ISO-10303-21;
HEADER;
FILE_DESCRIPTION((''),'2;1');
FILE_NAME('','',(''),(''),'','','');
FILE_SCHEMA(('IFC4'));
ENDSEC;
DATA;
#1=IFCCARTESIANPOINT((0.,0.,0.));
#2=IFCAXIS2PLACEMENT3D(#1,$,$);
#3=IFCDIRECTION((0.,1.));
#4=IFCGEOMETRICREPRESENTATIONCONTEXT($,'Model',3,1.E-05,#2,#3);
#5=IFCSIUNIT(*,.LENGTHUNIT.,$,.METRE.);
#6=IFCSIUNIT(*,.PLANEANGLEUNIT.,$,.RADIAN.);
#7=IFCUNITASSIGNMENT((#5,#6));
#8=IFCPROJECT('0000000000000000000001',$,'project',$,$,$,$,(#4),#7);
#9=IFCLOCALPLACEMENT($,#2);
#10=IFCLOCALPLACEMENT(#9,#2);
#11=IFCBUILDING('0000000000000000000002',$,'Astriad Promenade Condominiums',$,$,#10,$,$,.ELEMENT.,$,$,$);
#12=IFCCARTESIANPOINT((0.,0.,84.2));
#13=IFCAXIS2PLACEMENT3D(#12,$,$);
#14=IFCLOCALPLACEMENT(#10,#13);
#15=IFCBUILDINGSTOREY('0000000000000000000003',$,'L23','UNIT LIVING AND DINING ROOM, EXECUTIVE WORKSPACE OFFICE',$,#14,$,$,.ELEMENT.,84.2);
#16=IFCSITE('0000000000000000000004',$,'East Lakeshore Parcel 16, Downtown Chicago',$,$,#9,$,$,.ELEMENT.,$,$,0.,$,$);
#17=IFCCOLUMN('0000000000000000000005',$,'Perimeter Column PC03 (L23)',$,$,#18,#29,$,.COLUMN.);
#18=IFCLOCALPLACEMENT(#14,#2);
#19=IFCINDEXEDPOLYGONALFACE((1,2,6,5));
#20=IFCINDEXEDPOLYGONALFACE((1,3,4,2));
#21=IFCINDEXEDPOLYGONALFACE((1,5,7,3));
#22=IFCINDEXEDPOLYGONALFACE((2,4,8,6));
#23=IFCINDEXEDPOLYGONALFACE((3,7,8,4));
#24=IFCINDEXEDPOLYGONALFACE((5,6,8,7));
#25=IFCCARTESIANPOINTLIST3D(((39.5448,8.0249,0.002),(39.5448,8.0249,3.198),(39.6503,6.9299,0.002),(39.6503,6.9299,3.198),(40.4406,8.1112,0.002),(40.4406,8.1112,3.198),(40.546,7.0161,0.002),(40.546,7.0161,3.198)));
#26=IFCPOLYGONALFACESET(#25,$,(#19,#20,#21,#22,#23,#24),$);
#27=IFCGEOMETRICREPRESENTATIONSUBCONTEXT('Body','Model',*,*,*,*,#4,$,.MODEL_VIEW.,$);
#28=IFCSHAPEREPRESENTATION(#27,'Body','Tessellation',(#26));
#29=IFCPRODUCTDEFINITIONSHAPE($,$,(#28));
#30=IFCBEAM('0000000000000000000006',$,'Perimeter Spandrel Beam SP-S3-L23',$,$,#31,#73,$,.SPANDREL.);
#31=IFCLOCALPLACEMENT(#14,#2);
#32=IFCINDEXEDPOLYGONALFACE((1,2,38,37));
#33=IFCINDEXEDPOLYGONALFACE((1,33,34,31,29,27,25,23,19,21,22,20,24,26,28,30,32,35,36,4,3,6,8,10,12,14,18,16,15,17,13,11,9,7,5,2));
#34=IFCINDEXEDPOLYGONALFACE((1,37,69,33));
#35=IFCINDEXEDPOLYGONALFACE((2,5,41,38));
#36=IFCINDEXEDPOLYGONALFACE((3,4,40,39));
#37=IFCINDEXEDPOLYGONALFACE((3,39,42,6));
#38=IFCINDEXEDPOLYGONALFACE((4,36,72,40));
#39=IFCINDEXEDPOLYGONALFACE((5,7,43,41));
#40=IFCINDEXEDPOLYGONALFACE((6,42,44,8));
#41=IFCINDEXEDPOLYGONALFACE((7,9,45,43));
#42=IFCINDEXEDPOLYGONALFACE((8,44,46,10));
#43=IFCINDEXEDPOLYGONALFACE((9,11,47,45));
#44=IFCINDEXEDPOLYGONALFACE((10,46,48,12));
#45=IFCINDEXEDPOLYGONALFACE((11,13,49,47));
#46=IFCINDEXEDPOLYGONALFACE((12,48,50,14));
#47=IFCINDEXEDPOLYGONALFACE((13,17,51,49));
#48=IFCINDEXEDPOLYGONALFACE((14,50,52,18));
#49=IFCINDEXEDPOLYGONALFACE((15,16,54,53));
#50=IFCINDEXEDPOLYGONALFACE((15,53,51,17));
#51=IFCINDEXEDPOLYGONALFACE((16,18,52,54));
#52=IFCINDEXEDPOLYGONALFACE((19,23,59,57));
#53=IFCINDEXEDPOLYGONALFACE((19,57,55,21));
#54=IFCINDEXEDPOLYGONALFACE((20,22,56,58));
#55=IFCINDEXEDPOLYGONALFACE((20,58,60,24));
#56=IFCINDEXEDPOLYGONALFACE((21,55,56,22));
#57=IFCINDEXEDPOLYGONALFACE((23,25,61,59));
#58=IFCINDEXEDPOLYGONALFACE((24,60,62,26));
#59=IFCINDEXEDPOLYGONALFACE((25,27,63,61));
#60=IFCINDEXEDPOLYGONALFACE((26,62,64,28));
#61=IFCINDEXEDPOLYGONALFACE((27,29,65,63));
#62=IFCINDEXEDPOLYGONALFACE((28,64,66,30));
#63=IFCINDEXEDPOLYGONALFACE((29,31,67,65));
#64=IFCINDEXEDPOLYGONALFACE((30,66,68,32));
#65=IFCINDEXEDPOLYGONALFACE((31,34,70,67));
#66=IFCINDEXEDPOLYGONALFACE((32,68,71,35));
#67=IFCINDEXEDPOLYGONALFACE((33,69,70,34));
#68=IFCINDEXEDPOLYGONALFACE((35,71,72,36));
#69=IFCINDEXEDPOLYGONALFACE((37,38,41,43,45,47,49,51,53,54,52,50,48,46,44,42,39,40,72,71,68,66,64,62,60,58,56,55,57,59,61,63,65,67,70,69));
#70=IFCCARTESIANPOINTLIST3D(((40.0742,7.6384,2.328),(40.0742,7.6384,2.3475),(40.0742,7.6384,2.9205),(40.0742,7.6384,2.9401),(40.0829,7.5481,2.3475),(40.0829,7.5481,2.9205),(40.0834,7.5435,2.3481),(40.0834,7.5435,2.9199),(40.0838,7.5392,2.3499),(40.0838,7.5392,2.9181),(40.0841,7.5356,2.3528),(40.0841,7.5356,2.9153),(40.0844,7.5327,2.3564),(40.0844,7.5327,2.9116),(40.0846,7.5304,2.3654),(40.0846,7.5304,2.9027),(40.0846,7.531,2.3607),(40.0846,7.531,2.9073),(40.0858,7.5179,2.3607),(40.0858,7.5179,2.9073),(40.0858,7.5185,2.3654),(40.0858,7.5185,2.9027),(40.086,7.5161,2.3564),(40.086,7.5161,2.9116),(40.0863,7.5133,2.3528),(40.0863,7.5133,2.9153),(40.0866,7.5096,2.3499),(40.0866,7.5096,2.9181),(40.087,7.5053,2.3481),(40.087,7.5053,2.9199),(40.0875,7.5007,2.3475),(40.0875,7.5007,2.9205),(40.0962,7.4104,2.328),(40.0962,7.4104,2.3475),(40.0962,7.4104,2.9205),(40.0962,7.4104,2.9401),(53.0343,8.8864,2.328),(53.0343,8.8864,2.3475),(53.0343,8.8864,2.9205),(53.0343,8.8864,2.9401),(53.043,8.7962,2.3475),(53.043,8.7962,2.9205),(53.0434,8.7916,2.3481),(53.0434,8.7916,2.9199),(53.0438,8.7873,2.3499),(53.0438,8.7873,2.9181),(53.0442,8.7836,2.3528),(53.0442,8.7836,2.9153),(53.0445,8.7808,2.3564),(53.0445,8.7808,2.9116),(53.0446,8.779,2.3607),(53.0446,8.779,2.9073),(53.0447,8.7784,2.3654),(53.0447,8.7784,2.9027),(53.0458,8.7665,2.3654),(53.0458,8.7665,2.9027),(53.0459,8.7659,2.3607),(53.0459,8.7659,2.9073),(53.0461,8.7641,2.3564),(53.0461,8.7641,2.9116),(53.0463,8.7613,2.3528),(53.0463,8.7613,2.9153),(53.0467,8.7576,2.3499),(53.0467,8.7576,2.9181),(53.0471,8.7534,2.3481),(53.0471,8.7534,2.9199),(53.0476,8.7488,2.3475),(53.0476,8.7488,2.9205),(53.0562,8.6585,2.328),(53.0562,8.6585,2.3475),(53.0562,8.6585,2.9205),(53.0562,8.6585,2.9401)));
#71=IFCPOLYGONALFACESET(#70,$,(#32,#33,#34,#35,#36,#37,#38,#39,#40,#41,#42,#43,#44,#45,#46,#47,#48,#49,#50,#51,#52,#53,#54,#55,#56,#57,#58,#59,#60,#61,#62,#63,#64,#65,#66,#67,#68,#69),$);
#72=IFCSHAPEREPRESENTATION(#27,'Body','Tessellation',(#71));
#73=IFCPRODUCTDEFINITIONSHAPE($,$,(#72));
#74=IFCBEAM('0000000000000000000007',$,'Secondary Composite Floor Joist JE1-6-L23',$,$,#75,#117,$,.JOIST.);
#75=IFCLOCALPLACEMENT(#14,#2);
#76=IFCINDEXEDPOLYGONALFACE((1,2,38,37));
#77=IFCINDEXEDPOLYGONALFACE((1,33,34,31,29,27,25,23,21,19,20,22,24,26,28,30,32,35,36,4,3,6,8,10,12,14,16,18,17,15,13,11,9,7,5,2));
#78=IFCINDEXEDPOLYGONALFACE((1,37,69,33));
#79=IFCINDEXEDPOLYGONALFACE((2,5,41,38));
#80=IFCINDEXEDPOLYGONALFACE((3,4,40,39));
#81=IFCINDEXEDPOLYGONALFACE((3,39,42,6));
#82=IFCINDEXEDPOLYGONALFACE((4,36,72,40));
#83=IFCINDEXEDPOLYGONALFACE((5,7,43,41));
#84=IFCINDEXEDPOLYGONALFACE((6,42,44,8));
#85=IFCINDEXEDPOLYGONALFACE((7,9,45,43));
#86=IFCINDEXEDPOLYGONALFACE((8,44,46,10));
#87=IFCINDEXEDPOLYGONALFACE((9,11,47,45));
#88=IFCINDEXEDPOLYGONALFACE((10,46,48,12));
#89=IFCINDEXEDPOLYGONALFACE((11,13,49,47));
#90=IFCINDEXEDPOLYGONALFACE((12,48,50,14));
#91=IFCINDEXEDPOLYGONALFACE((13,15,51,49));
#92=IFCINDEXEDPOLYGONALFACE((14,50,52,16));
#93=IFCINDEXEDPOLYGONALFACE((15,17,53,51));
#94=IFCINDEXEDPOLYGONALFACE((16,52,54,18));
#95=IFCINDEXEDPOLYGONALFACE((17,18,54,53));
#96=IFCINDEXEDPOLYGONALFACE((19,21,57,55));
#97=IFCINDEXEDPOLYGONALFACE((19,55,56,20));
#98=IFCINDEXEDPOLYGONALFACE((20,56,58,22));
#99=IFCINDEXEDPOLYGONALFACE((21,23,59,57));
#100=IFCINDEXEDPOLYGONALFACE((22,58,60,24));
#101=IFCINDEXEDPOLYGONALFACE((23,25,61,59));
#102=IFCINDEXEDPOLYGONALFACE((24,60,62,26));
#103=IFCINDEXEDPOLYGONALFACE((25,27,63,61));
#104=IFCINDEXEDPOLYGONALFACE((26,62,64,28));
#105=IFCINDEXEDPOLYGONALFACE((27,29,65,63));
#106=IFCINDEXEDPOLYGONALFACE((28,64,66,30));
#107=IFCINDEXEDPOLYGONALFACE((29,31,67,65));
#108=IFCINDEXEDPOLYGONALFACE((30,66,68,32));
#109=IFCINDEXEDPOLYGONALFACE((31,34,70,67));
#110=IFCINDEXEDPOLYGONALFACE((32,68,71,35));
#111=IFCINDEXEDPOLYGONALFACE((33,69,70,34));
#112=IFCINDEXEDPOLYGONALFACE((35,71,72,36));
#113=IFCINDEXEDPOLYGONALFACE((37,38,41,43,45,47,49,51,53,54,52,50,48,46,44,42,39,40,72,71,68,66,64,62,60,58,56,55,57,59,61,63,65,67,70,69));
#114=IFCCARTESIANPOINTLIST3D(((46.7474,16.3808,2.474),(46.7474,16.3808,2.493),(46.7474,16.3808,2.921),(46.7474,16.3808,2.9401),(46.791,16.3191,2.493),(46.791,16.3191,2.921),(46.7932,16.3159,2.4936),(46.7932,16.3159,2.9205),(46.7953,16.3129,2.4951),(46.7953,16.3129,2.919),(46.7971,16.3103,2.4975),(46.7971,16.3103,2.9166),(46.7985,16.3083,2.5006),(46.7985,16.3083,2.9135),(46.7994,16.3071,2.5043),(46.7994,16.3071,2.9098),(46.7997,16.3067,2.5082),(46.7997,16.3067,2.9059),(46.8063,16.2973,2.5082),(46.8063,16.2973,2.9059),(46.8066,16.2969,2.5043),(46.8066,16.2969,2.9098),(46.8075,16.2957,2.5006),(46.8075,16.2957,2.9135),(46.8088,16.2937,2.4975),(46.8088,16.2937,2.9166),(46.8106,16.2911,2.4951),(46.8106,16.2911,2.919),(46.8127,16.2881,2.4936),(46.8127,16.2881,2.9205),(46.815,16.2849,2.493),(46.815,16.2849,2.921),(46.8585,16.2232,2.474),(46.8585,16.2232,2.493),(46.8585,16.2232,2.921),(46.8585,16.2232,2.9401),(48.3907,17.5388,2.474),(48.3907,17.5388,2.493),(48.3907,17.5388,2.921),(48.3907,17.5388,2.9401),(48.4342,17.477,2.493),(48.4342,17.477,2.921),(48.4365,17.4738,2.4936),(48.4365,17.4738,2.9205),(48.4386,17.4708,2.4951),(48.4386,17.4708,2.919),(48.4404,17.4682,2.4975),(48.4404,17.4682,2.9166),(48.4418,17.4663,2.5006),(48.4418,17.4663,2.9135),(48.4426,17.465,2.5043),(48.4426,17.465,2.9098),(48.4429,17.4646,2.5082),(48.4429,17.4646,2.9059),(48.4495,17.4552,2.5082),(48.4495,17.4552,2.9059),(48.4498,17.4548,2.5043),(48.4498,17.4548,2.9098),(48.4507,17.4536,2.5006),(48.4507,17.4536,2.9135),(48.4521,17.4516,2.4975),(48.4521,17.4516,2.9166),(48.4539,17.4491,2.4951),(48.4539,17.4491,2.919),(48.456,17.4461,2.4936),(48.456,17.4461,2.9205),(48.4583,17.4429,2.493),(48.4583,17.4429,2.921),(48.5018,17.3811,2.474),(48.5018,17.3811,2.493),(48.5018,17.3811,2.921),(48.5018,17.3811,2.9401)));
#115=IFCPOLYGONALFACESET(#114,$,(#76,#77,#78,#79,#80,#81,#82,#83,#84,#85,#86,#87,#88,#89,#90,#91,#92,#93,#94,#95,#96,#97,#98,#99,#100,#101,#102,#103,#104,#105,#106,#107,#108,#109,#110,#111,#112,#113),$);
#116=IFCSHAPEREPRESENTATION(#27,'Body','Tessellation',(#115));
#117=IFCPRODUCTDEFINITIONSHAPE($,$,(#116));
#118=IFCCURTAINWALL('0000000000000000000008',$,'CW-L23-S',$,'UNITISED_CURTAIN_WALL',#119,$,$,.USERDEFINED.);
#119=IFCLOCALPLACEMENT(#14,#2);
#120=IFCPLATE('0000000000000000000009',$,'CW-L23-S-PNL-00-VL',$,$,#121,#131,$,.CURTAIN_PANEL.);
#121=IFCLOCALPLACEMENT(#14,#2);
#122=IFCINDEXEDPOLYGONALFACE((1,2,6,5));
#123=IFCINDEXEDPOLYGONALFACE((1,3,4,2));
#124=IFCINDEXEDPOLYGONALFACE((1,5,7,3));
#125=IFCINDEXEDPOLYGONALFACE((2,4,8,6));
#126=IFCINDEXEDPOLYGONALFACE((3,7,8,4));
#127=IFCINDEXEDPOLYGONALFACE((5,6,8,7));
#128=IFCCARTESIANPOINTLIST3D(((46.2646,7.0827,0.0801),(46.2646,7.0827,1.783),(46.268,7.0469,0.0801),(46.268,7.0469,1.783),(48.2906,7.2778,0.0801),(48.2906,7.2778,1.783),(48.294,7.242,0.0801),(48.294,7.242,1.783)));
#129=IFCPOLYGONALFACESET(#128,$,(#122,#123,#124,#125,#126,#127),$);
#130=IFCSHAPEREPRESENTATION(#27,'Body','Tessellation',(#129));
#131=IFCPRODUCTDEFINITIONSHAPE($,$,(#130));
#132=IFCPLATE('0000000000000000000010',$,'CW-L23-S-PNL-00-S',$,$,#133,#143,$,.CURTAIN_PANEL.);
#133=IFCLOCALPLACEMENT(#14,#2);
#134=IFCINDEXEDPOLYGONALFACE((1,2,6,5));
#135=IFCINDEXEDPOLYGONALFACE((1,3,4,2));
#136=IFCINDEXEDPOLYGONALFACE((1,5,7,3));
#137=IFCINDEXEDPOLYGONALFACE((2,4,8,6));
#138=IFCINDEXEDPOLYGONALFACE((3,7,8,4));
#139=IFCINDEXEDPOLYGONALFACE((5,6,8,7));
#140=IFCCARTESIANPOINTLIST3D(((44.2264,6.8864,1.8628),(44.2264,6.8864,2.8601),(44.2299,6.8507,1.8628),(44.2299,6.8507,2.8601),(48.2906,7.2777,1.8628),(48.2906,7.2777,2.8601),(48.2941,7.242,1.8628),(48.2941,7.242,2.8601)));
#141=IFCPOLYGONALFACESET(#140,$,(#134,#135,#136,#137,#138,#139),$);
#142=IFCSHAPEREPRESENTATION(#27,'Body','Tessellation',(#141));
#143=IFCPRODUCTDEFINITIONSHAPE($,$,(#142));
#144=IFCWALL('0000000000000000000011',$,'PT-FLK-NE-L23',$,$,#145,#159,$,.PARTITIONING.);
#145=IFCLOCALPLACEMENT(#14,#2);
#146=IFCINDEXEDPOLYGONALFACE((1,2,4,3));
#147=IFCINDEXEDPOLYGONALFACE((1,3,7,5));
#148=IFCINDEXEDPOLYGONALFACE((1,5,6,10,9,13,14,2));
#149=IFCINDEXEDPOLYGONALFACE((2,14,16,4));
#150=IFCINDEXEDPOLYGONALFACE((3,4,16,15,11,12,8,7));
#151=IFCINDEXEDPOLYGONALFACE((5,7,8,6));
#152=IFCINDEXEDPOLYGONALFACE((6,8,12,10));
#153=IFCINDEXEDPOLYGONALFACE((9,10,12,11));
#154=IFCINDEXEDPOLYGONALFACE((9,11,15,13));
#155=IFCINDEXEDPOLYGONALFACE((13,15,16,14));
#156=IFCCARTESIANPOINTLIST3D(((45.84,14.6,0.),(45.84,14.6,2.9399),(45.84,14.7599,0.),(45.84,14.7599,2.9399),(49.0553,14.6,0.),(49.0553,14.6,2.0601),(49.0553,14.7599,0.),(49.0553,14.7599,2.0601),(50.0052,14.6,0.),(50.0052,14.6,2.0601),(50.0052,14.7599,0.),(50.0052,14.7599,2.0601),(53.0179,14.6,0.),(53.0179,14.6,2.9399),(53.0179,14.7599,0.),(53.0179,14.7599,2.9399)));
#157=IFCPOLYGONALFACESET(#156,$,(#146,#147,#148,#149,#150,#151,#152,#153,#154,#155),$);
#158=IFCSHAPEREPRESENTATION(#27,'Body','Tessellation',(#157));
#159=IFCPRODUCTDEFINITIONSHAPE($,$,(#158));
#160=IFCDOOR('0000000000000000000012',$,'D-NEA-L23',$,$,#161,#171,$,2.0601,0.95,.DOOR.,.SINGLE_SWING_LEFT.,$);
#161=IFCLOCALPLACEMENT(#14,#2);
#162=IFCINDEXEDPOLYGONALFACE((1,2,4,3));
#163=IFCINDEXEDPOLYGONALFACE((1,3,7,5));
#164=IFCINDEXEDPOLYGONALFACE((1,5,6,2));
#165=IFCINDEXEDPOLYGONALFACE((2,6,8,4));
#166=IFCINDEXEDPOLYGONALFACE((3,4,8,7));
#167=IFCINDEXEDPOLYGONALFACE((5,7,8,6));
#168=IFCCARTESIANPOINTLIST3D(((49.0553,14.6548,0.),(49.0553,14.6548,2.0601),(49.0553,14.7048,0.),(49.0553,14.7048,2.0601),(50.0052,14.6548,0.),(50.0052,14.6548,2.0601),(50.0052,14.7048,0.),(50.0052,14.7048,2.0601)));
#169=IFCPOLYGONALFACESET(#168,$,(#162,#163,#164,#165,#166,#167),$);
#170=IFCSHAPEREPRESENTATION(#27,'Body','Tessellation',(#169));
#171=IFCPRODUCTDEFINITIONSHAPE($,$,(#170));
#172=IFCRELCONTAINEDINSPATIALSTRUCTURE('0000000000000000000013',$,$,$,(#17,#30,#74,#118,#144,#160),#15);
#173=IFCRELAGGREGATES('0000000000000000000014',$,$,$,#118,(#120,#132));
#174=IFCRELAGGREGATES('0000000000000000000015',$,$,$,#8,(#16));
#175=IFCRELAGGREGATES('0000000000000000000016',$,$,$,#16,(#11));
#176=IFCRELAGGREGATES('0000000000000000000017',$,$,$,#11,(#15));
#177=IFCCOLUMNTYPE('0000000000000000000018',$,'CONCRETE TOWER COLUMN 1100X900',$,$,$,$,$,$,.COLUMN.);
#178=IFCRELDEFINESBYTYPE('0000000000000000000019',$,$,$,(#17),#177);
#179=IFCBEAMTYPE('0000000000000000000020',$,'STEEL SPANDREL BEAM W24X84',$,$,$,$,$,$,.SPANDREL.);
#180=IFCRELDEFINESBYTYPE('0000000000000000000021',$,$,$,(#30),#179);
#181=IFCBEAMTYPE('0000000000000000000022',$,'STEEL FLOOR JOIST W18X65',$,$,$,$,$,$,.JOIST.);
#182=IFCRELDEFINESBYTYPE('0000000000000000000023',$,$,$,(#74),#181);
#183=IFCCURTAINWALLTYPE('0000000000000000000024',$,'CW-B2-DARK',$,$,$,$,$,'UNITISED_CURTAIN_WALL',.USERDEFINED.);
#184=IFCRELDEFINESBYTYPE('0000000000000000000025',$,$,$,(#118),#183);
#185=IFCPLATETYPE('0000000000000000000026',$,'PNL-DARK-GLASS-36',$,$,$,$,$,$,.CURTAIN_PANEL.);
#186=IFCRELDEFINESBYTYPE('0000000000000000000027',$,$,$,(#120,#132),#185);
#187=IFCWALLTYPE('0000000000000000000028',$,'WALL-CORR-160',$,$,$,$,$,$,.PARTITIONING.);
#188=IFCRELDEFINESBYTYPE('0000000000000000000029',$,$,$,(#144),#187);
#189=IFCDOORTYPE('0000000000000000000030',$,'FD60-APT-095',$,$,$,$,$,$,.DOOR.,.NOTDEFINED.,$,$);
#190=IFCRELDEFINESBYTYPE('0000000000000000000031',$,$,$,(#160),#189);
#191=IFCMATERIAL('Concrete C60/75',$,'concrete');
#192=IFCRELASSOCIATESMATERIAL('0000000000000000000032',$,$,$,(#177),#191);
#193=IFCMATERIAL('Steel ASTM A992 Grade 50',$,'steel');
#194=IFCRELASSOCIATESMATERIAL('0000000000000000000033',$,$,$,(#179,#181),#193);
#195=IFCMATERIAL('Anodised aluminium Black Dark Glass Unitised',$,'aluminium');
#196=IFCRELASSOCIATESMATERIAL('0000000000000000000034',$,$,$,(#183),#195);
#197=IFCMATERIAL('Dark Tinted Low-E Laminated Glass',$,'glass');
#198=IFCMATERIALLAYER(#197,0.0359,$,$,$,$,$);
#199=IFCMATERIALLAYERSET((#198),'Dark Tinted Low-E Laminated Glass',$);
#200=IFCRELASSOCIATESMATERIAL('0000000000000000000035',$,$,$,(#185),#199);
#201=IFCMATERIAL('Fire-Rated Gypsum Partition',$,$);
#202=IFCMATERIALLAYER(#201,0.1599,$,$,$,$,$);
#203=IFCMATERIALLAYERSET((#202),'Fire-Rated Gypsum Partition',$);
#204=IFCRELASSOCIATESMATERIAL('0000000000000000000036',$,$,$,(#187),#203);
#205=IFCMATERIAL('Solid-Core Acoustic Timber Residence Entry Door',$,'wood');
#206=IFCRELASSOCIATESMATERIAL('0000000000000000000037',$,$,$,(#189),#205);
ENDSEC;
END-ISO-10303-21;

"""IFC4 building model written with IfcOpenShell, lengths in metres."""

from ifc_helpers import new_model, si_unit, direction, frame, frame_2d, origin, origin_2d, place, context, subcontext, project, spatial, rectangle, i_section, extrude, source, transform, mapped, material, layer, layer_set, material_profile, profile_set, type_object, type_shapes, element, fill, aggregate, save


model = new_model("IFC4")

# Units and contexts
model_context = context("Model", 3, precision=1e-05, world=origin(), true_north=direction((0.0, 1.0)))
body_context = subcontext(model_context, "Body", "Model", "MODEL_VIEW")
ifc_project = project(units=[si_unit("LENGTHUNIT", "METRE"), si_unit("PLANEANGLEUNIT", "RADIAN")], contexts=[model_context])

# Site, building, storey
site_placement = place(None, origin())
site = spatial("IfcSite", under=ifc_project, at=site_placement, Name="East Lakeshore Parcel 16, Downtown Chicago", CompositionType="ELEMENT", RefElevation=0.0)
building_placement = place(site_placement, origin())
building = spatial("IfcBuilding", under=site, at=building_placement, Name="Astriad Promenade Condominiums", CompositionType="ELEMENT")
storey_placement = place(building_placement, frame((0.0, 0.0, 84.2)))
storey = spatial("IfcBuildingStorey", under=building, at=storey_placement, Name="L23", Description="UNIT LIVING AND DINING ROOM, EXECUTIVE WORKSPACE OFFICE", CompositionType="ELEMENT", Elevation=84.2)

# Column
ifc_material_1 = material(Name="Concrete C60/75", Category="concrete")
ifc_material_profile_1 = material_profile(ifc_material_1, rectangle(XDim=0.8999, YDim=1.1001, at=origin_2d()), Name="RC-COL-1100X900")
ifc_profile_set_1 = profile_set([ifc_material_profile_1], Name="Concrete C60/75")
column_type = type_object("IfcColumnType", Name="CONCRETE TOWER COLUMN 1100X900", PredefinedType="COLUMN", material=ifc_profile_set_1)
shared_shape_1 = source(origin(), body_context, "Body", "SweptSolid", [
    extrude(rectangle(XDim=0.8999, YDim=1.1001, at=origin_2d()), origin(), (0.0, 0.0, 1.0), 3.196),
])
type_shapes(column_type, [shared_shape_1])
column_placement = place(storey_placement, frame((40.0454, 7.5205, 0.002), z_axis=(0.0, 0.0, 1.0), x_axis=(0.995396, 0.095846, 0.0)))
element("IfcColumn", 1, at=column_placement, inside=storey, type_object=column_type, Name="Perimeter Column PC03 (L23)", PredefinedType="COLUMN", context=body_context, shape_type="MappedRepresentation", body=[
    mapped(shared_shape_1, transform((0.0, 0.0, 0.0), scale=1.0)),
])

# Beams
ifc_material_2 = material(Name="Steel ASTM A992 Grade 50", Category="steel")
ifc_material_profile_2 = material_profile(ifc_material_2, i_section(OverallWidth=0.229, OverallDepth=0.6121, WebThickness=0.012, FlangeThickness=0.0195, FilletRadius=0.0178, at=origin_2d()), Name="W24X84")
ifc_profile_set_2 = profile_set([ifc_material_profile_2], Name="Steel ASTM A992 Grade 50")
beam_type_1 = type_object("IfcBeamType", Name="STEEL SPANDREL BEAM W24X84", PredefinedType="SPANDREL", material=ifc_profile_set_2)
shared_shape_2 = source(origin(), body_context, "Body", "SweptSolid", [
    extrude(i_section(OverallWidth=0.229, OverallDepth=0.6121, WebThickness=0.012, FlangeThickness=0.0195, FilletRadius=0.0178, at=origin_2d()), origin(), (0.0, 0.0, 1.0), 13.02),
])
type_shapes(beam_type_1, [shared_shape_2])
beam_1_placement = place(storey_placement, frame((40.0852, 7.5244, 2.634), z_axis=(0.995395, 0.095857, 0.0), x_axis=(-0.095857, 0.995395, 0.0)))
element("IfcBeam", 2, at=beam_1_placement, inside=storey, type_object=beam_type_1, Name="Perimeter Spandrel Beam SP-S3-L23", PredefinedType="SPANDREL", context=body_context, shape_type="MappedRepresentation", body=[
    mapped(shared_shape_2, transform((0.0, 0.0, 0.0), scale=1.0)),
])
ifc_material_profile_3 = material_profile(ifc_material_2, i_section(OverallWidth=0.1929, OverallDepth=0.4661, WebThickness=0.0115, FlangeThickness=0.019, FilletRadius=0.0151, at=origin_2d()), Name="W18X65")
ifc_profile_set_3 = profile_set([ifc_material_profile_3], Name="Steel ASTM A992 Grade 50")
beam_type_2 = type_object("IfcBeamType", Name="STEEL FLOOR JOIST W18X65", PredefinedType="JOIST", material=ifc_profile_set_3)
shared_shape_3 = source(origin(), body_context, "Body", "SweptSolid", [
    extrude(i_section(OverallWidth=0.1929, OverallDepth=0.4661, WebThickness=0.0115, FlangeThickness=0.019, FilletRadius=0.0151, at=origin_2d()), origin(), (0.0, 0.0, 1.0), 2.0103),
])
type_shapes(beam_type_2, [shared_shape_3])
beam_2_placement = place(storey_placement, frame((46.803, 16.302, 2.707), z_axis=(0.817442, 0.576011, 0.0), x_axis=(-0.576011, 0.817442, 0.0)))
element("IfcBeam", 3, at=beam_2_placement, inside=storey, type_object=beam_type_2, Name="Secondary Composite Floor Joist JE1-6-L23", PredefinedType="JOIST", context=body_context, shape_type="MappedRepresentation", body=[
    mapped(shared_shape_3, transform((0.0, 0.0, 0.0), scale=1.0)),
])

# Curtain wall, plates
ifc_material_3 = material(Name="Anodised aluminium Black Dark Glass Unitised", Category="aluminium")
curtain_wall_type = type_object("IfcCurtainWallType", Name="CW-B2-DARK", ElementType="UNITISED_CURTAIN_WALL", PredefinedType="USERDEFINED", material=ifc_material_3)
curtain_wall_placement = place(storey_placement, origin())
curtain_wall = element("IfcCurtainWall", 4, at=curtain_wall_placement, inside=storey, type_object=curtain_wall_type, Name="CW-L23-S", ObjectType="UNITISED_CURTAIN_WALL", PredefinedType="USERDEFINED")
ifc_material_4 = material(Name="Dark Tinted Low-E Laminated Glass", Category="glass")
ifc_layer_1 = layer(ifc_material_4, 0.0359)
ifc_layer_set_1 = layer_set([ifc_layer_1], Name="Dark Tinted Low-E Laminated Glass")
plate_type = type_object("IfcPlateType", Name="PNL-DARK-GLASS-36", PredefinedType="CURTAIN_PANEL", material=ifc_layer_set_1)
shared_shape_4 = source(origin(), body_context, "Body", "SweptSolid", [
    extrude(rectangle(XDim=2.0354, YDim=0.0359, at=origin_2d()), origin(), (0.0, 0.0, 1.0), 1.7029),
])
plate_1_placement = place(storey_placement, frame((47.2793, 7.1624, 0.0801), z_axis=(0.0, 0.0, 1.0), x_axis=(-0.995396, -0.095846, 0.0)))
plate_1 = element("IfcPlate", 5, at=plate_1_placement, type_object=plate_type, Name="CW-L23-S-PNL-00-VL", PredefinedType="CURTAIN_PANEL", context=body_context, shape_type="MappedRepresentation", body=[
    mapped(shared_shape_4, transform((0.0, 0.0, 0.0), scale=1.0)),
])
shared_shape_5 = source(origin(), body_context, "Body", "SweptSolid", [
    extrude(rectangle(XDim=4.083, YDim=0.0359, at=origin_2d()), origin(), (0.0, 0.0, 1.0), 0.9973),
])
type_shapes(plate_type, [shared_shape_4, shared_shape_5])
plate_2_placement = place(storey_placement, frame((46.2603, 7.0642, 1.8628), z_axis=(0.0, 0.0, 1.0), x_axis=(-0.995396, -0.095846, 0.0)))
plate_2 = element("IfcPlate", 6, at=plate_2_placement, type_object=plate_type, Name="CW-L23-S-PNL-00-S", PredefinedType="CURTAIN_PANEL", context=body_context, shape_type="MappedRepresentation", body=[
    mapped(shared_shape_5, transform((0.0, 0.0, 0.0), scale=1.0)),
])
aggregate(curtain_wall, [plate_1, plate_2])

# Wall, opening, door
ifc_material_5 = material(Name="Fire-Rated Gypsum Partition")
ifc_layer_2 = layer(ifc_material_5, 0.1599)
ifc_layer_set_2 = layer_set([ifc_layer_2], Name="Fire-Rated Gypsum Partition")
wall_type_1 = type_object("IfcWallType", Name="WALL-CORR-160", PredefinedType="PARTITIONING", material=ifc_layer_set_2)
wall_1_placement = place(storey_placement, frame((45.8401, 14.6799, 0.0), z_axis=(0.0, 0.0, 1.0), x_axis=(1.0, 0.0, 0.0)))
wall_1 = element("IfcWall", 7, at=wall_1_placement, inside=storey, type_object=wall_type_1, Name="PT-FLK-NE-L23", PredefinedType="PARTITIONING", context=body_context, shape_type="SweptSolid", body=[
    extrude(rectangle(XDim=7.178, YDim=0.1599, at=frame_2d((3.5889, 0.0))), origin(), (0.0, 0.0, 1.0), 2.9399),
])
opening_1_placement = place(wall_1_placement, frame((3.2151, 0.0, 0.0)))
opening_1 = element("IfcOpeningElement", 8, at=opening_1_placement, cuts=wall_1, PredefinedType="OPENING", context=body_context, shape_type="SweptSolid", body=[
    extrude(rectangle(XDim=0.95, YDim=2.0601, at=frame_2d((0.4751, 1.03))), frame((0.0, 0.0898, 0.0), z_axis=(0.0, -1.0, 0.0), x_axis=(1.0, 0.0, 0.0)), (0.0, 0.0, 1.0), 0.1799),
])
ifc_material_6 = material(Name="Solid-Core Acoustic Timber Residence Entry Door", Category="wood")
door_type_1 = type_object("IfcDoorType", Name="FD60-APT-095", OperationType="NOTDEFINED", PredefinedType="DOOR", material=ifc_material_6)
shared_shape_6 = source(origin(), body_context, "Body", "SweptSolid", [
    extrude(rectangle(XDim=0.95, YDim=2.0601, at=frame_2d((0.4751, 1.03))), frame((0.0, 0.0249, 0.0), z_axis=(0.0, -1.0, 0.0), x_axis=(1.0, 0.0, 0.0)), (0.0, 0.0, 1.0), 0.05),
])
type_shapes(door_type_1, [shared_shape_6])
door_1_placement = place(opening_1_placement, origin())
door_1 = element("IfcDoor", 9, at=door_1_placement, inside=storey, type_object=door_type_1, Name="D-NEA-L23", OperationType="SINGLE_SWING_LEFT", OverallHeight=2.0601, OverallWidth=0.95, PredefinedType="DOOR", context=body_context, shape_type="MappedRepresentation", body=[
    mapped(shared_shape_6, transform((0.0, 0.0, 0.0), scale=1.0)),
])
fill(opening_1, door_1)

save(model, "model.ifc")
